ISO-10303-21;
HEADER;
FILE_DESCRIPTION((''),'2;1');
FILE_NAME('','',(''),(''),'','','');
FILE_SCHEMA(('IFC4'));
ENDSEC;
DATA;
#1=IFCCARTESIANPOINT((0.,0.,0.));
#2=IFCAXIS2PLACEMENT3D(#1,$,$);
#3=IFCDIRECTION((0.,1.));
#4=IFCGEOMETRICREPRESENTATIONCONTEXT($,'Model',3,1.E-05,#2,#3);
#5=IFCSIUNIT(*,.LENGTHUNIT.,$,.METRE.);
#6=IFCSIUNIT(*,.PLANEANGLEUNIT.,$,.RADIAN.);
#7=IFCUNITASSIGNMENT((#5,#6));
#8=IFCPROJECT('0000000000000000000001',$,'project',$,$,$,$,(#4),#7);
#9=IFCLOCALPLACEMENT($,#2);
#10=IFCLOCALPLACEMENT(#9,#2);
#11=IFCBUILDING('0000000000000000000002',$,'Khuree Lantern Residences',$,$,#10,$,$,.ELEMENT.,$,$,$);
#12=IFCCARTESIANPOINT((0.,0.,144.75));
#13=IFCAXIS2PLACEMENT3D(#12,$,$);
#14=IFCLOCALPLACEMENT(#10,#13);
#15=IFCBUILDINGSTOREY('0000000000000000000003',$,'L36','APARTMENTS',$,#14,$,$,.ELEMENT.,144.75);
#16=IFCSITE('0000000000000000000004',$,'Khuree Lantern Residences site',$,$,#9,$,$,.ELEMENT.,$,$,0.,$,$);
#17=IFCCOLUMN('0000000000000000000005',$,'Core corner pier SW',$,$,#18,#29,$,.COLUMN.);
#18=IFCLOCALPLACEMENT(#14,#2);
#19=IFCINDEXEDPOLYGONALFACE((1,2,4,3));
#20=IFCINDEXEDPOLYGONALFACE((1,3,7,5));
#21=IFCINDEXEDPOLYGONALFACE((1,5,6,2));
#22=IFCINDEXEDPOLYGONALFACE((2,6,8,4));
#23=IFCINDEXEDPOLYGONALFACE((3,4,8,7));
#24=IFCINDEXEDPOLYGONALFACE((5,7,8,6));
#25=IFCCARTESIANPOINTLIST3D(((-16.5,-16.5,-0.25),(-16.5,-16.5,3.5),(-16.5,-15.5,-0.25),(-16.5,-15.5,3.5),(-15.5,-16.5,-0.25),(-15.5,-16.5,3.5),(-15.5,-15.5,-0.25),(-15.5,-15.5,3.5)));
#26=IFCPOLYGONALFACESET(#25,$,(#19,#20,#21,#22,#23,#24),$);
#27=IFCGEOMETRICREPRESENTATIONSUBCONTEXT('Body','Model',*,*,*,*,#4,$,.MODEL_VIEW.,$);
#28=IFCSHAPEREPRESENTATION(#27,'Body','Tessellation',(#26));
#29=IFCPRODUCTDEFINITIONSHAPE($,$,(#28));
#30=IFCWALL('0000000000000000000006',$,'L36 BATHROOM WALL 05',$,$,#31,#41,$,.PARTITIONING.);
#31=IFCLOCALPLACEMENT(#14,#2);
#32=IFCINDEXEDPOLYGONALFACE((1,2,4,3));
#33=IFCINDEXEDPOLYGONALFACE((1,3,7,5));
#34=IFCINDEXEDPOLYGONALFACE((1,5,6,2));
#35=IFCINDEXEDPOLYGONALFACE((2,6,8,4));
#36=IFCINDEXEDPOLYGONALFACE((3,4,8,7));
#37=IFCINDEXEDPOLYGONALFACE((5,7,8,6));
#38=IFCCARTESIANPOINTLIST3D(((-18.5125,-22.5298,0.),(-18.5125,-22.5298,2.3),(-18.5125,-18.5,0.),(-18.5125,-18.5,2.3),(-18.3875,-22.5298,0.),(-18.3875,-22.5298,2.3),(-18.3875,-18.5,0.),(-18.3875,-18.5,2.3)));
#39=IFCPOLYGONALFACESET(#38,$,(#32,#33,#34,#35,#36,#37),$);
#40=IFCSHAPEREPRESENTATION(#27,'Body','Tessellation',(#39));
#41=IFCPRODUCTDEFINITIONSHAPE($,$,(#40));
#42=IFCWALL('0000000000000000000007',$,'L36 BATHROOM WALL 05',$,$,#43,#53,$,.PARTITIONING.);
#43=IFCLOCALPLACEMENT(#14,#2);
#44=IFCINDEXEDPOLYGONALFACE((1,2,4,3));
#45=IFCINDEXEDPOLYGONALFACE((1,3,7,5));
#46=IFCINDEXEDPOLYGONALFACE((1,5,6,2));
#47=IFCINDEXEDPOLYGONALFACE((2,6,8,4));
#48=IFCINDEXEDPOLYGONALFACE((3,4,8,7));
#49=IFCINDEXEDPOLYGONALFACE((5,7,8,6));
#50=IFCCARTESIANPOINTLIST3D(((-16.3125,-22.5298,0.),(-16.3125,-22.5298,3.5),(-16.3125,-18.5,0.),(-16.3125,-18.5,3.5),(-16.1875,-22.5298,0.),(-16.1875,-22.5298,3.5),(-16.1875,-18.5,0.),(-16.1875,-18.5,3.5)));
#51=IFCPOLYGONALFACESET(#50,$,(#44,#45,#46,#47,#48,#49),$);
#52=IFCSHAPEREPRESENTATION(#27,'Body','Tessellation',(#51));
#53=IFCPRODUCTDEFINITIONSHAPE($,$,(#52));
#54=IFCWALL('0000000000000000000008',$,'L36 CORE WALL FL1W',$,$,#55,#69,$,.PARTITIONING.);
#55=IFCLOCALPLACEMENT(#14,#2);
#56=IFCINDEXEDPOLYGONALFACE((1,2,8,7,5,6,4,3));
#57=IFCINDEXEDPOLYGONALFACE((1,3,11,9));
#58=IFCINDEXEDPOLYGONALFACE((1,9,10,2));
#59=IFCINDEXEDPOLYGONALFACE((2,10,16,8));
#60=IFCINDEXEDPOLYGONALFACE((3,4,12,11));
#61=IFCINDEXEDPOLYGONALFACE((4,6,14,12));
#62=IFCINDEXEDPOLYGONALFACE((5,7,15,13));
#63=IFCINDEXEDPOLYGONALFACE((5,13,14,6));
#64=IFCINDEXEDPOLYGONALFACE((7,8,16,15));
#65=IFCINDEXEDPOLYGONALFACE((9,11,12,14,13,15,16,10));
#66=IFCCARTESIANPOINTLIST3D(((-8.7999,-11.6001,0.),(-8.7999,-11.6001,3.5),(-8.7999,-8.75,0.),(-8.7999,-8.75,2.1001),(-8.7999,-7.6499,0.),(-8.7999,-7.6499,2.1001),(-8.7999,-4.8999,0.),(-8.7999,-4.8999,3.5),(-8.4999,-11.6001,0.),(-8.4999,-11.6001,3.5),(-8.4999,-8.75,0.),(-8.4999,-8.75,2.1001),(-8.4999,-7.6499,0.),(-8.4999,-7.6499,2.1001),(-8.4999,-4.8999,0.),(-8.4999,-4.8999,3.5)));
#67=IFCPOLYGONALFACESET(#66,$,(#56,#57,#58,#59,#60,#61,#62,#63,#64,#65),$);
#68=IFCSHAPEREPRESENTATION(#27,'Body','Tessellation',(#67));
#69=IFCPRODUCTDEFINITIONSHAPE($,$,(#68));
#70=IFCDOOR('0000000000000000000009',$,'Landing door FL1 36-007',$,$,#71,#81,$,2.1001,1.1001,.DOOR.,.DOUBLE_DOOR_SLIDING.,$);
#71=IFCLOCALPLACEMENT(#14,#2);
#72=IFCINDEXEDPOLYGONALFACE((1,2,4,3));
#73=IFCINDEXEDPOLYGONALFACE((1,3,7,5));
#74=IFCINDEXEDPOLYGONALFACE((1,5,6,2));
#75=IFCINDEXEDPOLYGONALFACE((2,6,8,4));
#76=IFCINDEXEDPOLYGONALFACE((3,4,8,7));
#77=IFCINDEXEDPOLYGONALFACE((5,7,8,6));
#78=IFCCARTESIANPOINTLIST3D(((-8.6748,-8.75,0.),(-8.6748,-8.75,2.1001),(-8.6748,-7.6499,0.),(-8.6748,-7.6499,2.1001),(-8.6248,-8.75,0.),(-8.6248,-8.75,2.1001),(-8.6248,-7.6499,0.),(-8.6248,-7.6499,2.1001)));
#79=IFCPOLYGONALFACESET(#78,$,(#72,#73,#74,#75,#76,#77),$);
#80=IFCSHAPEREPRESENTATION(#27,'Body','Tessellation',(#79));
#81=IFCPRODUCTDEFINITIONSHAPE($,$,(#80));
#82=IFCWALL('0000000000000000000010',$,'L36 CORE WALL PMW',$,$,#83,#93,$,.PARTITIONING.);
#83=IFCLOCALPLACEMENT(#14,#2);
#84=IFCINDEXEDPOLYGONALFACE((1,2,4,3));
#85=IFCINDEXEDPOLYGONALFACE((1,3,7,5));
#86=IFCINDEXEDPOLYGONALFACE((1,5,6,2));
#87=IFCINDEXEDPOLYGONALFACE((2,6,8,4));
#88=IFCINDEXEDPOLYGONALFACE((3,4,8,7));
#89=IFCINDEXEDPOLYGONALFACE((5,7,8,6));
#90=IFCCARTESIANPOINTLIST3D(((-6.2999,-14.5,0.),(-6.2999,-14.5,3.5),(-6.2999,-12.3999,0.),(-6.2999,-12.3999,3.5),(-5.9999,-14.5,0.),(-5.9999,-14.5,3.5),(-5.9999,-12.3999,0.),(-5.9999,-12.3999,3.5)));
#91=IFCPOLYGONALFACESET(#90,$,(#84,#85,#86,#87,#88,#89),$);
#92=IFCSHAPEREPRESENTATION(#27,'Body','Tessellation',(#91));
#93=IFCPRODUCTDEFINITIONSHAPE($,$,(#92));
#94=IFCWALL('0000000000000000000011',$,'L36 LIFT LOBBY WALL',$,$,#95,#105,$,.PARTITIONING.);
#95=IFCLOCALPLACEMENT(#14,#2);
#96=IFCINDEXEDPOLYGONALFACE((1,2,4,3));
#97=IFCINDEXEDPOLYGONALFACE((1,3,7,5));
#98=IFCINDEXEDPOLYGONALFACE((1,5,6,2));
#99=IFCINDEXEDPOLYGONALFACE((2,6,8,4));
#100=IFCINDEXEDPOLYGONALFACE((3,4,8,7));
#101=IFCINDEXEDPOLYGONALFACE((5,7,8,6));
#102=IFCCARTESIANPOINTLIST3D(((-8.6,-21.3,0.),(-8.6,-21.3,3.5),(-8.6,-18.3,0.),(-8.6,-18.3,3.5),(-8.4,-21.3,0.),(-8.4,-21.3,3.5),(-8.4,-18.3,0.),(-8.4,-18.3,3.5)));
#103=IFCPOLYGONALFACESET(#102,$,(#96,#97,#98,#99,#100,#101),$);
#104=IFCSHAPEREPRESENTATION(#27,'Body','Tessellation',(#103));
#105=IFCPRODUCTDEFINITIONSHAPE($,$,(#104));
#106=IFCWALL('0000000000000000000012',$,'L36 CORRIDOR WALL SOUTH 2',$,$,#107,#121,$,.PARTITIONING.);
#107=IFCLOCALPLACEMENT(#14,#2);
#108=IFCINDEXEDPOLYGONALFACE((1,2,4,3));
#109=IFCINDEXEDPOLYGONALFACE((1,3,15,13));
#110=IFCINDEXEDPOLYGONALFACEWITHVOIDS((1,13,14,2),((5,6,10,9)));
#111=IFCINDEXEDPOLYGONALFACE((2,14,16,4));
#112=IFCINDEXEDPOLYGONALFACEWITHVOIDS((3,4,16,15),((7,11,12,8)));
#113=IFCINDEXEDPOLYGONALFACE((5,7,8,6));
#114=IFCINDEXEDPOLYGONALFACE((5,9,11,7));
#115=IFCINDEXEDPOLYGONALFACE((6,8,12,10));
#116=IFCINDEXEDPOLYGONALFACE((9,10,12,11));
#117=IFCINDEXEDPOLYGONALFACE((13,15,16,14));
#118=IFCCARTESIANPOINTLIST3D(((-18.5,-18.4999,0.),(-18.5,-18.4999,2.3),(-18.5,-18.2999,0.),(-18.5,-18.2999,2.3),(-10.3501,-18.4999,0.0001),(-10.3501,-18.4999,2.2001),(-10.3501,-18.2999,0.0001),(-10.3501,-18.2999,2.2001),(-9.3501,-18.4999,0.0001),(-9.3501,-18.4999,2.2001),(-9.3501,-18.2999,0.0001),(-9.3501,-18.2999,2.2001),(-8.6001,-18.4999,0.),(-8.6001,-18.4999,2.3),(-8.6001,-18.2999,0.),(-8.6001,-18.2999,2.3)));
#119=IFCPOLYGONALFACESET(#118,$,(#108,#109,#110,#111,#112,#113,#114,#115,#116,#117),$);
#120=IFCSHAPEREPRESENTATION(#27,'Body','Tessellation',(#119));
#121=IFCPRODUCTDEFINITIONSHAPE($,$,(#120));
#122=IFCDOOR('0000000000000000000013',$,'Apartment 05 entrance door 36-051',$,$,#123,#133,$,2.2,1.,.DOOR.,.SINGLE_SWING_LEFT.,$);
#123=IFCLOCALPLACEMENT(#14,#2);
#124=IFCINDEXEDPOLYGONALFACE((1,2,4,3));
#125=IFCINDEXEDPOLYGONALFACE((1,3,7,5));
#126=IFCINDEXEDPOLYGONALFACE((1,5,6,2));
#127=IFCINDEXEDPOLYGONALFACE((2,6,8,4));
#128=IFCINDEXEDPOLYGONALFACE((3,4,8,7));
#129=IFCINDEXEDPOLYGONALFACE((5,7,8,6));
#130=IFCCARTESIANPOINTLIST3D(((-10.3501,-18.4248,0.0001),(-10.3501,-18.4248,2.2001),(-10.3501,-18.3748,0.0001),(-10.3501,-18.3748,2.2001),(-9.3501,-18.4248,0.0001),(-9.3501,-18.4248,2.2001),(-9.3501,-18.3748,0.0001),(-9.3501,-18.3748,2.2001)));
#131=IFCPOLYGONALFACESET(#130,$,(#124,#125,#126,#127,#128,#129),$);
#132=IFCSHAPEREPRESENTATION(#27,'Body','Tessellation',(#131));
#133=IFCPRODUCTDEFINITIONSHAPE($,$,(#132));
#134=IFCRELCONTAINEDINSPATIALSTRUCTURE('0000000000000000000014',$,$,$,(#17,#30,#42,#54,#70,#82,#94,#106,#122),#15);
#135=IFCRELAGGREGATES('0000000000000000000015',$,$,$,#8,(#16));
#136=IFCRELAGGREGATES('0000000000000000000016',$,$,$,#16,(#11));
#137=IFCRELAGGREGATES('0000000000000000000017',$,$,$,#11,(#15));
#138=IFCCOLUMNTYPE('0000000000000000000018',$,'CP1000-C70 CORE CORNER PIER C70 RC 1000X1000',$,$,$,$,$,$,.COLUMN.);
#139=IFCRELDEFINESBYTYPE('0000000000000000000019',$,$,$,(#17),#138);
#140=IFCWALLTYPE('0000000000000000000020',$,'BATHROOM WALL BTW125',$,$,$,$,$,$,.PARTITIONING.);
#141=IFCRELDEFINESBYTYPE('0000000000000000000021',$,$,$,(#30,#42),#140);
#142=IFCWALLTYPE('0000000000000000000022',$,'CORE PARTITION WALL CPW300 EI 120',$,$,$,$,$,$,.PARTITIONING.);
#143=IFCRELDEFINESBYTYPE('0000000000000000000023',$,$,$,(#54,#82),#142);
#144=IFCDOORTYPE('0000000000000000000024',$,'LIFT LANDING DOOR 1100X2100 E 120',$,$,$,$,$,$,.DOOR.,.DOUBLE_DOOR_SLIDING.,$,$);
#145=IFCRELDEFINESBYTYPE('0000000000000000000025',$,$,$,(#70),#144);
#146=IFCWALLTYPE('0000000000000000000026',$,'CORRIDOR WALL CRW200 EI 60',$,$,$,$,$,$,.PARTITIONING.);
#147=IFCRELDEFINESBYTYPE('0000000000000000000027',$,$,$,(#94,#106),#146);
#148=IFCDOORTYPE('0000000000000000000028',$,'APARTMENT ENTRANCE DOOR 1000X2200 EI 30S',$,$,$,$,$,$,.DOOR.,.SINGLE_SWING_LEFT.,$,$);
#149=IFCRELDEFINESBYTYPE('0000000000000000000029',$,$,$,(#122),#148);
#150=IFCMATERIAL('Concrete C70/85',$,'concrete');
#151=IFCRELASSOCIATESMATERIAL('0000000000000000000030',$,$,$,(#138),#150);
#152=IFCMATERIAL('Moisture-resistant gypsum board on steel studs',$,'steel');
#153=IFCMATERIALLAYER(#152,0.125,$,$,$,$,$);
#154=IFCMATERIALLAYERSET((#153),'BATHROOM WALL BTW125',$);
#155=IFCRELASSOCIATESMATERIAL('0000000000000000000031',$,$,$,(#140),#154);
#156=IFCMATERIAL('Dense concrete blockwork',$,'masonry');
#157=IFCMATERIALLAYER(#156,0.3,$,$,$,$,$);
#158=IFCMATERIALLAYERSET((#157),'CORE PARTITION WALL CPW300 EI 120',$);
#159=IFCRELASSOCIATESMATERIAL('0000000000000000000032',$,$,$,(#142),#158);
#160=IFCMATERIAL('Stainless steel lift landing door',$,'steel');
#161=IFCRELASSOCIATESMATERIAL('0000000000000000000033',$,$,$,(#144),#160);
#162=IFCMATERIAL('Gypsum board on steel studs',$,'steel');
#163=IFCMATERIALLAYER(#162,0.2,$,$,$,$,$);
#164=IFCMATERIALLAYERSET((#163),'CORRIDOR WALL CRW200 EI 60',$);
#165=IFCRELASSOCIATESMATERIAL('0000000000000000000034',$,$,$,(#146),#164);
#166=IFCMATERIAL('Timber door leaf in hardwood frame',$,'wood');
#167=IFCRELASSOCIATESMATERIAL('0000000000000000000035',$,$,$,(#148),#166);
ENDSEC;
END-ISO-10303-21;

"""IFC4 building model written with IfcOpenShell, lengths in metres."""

from ifc_helpers import new_model, si_unit, direction, frame, frame_2d, origin, origin_2d, place, context, subcontext, project, spatial, rectangle, extrude, material, layer, layer_set, material_profile, profile_set, type_object, element, fill, save


model = new_model("IFC4")

# Units and contexts
model_context = context("Model", 3, precision=1e-05, world=origin(), true_north=direction((0.0, 1.0)))
body_context = subcontext(model_context, "Body", "Model", "MODEL_VIEW")
ifc_project = project(units=[si_unit("LENGTHUNIT", "METRE"), si_unit("PLANEANGLEUNIT", "RADIAN")], contexts=[model_context])

# Site, building, storey
site_placement = place(None, origin())
site = spatial("IfcSite", under=ifc_project, at=site_placement, Name="Khuree Lantern Residences site", CompositionType="ELEMENT", RefElevation=0.0)
building_placement = place(site_placement, origin())
building = spatial("IfcBuilding", under=site, at=building_placement, Name="Khuree Lantern Residences", CompositionType="ELEMENT")
storey_placement = place(building_placement, frame((0.0, 0.0, 144.75)))
storey = spatial("IfcBuildingStorey", under=building, at=storey_placement, Name="L36", Description="APARTMENTS", CompositionType="ELEMENT", Elevation=144.75)

# Column
ifc_material_1 = material(Name="Concrete C70/85", Category="concrete")
ifc_material_profile = material_profile(ifc_material_1, rectangle(XDim=1.0, YDim=1.0, at=origin_2d()), Name="RC 1000X1000")
ifc_profile_set = profile_set([ifc_material_profile], Name="Concrete C70/85")
column_type = type_object("IfcColumnType", Name="CP1000-C70 CORE CORNER PIER C70 RC 1000X1000", PredefinedType="COLUMN", material=ifc_profile_set)
column_placement = place(storey_placement, frame((-16.0, -16.0, -0.25), z_axis=(0.0, 0.0, 1.0), x_axis=(1.0, 0.0, 0.0)))
element("IfcColumn", 1, at=column_placement, inside=storey, type_object=column_type, Name="Core corner pier SW", PredefinedType="COLUMN", context=body_context, shape_type="SweptSolid", body=[
    extrude(rectangle(XDim=1.0, YDim=1.0, at=origin_2d()), origin(), (0.0, 0.0, 1.0), 3.75),
])

# Walls
ifc_material_2 = material(Name="Moisture-resistant gypsum board on steel studs", Category="steel")
ifc_layer_1 = layer(ifc_material_2, 0.125)
ifc_layer_set_1 = layer_set([ifc_layer_1], Name="BATHROOM WALL BTW125")
wall_type_1 = type_object("IfcWallType", Name="BATHROOM WALL BTW125", PredefinedType="PARTITIONING", material=ifc_layer_set_1)
wall_1_placement = place(storey_placement, frame((-18.45, -18.5, 0.0), z_axis=(0.0, 0.0, 1.0), x_axis=(0.0, -1.0, 0.0)))
element("IfcWall", 2, at=wall_1_placement, inside=storey, type_object=wall_type_1, Name="L36 BATHROOM WALL 05", PredefinedType="PARTITIONING", context=body_context, shape_type="SweptSolid", body=[
    extrude(rectangle(XDim=4.0298, YDim=0.125, at=frame_2d((2.0149, 0.0))), origin(), (0.0, 0.0, 1.0), 2.3),
])
wall_2_placement = place(storey_placement, frame((-16.25, -18.5, 0.0), z_axis=(0.0, 0.0, 1.0), x_axis=(0.0, -1.0, 0.0)))
element("IfcWall", 3, at=wall_2_placement, inside=storey, type_object=wall_type_1, Name="L36 BATHROOM WALL 05", PredefinedType="PARTITIONING", context=body_context, shape_type="SweptSolid", body=[
    extrude(rectangle(XDim=4.0298, YDim=0.125, at=frame_2d((2.0149, 0.0))), origin(), (0.0, 0.0, 1.0), 3.5),
])

# Wall, opening, door
ifc_material_3 = material(Name="Dense concrete blockwork", Category="masonry")
ifc_layer_2 = layer(ifc_material_3, 0.3)
ifc_layer_set_2 = layer_set([ifc_layer_2], Name="CORE PARTITION WALL CPW300 EI 120")
wall_type_2 = type_object("IfcWallType", Name="CORE PARTITION WALL CPW300 EI 120", PredefinedType="PARTITIONING", material=ifc_layer_set_2)
wall_3_placement = place(storey_placement, frame((-8.6499, -11.6001, 0.0), z_axis=(0.0, 0.0, 1.0), x_axis=(0.0, 1.0, 0.0)))
wall_3 = element("IfcWall", 4, at=wall_3_placement, inside=storey, type_object=wall_type_2, Name="L36 CORE WALL FL1W", PredefinedType="PARTITIONING", context=body_context, shape_type="SweptSolid", body=[
    extrude(rectangle(XDim=6.7002, YDim=0.3, at=frame_2d((3.3501, 0.0))), origin(), (0.0, 0.0, 1.0), 3.5),
])
opening_1_placement = place(wall_3_placement, frame((2.8501, 0.0, 0.0)))
opening_1 = element("IfcOpeningElement", 5, at=opening_1_placement, cuts=wall_3, PredefinedType="OPENING", context=body_context, shape_type="SweptSolid", body=[
    extrude(rectangle(XDim=1.1001, YDim=2.1001, at=frame_2d((0.55, 1.05))), frame((0.0, 0.1602, 0.0), z_axis=(0.0, -1.0, 0.0), x_axis=(1.0, 0.0, 0.0)), (0.0, 0.0, 1.0), 0.3201),
])
ifc_material_4 = material(Name="Stainless steel lift landing door", Category="steel")
door_type_1 = type_object("IfcDoorType", Name="LIFT LANDING DOOR 1100X2100 E 120", OperationType="DOUBLE_DOOR_SLIDING", PredefinedType="DOOR", material=ifc_material_4)
door_1_placement = place(opening_1_placement, origin())
door_1 = element("IfcDoor", 6, at=door_1_placement, inside=storey, type_object=door_type_1, Name="Landing door FL1 36-007", OperationType="DOUBLE_DOOR_SLIDING", OverallHeight=2.1001, OverallWidth=1.1001, PredefinedType="DOOR", context=body_context, shape_type="SweptSolid", body=[
    extrude(rectangle(XDim=1.1001, YDim=2.1001, at=frame_2d((0.55, 1.05))), frame((0.0, 0.0249, 0.0), z_axis=(0.0, -1.0, 0.0), x_axis=(1.0, 0.0, 0.0)), (0.0, 0.0, 1.0), 0.05),
])
fill(opening_1, door_1)

# Walls
wall_4_placement = place(storey_placement, frame((-6.1499, -14.5, 0.0), z_axis=(0.0, 0.0, 1.0), x_axis=(0.0, 1.0, 0.0)))
element("IfcWall", 7, at=wall_4_placement, inside=storey, type_object=wall_type_2, Name="L36 CORE WALL PMW", PredefinedType="PARTITIONING", context=body_context, shape_type="SweptSolid", body=[
    extrude(rectangle(XDim=2.1001, YDim=0.3, at=frame_2d((1.05, 0.0))), origin(), (0.0, 0.0, 1.0), 3.5),
])
ifc_material_5 = material(Name="Gypsum board on steel studs", Category="steel")
ifc_layer_3 = layer(ifc_material_5, 0.2)
ifc_layer_set_3 = layer_set([ifc_layer_3], Name="CORRIDOR WALL CRW200 EI 60")
wall_type_3 = type_object("IfcWallType", Name="CORRIDOR WALL CRW200 EI 60", PredefinedType="PARTITIONING", material=ifc_layer_set_3)
wall_5_placement = place(storey_placement, frame((-8.5, -18.3, 0.0), z_axis=(0.0, 0.0, 1.0), x_axis=(0.0, -1.0, 0.0)))
element("IfcWall", 8, at=wall_5_placement, inside=storey, type_object=wall_type_3, Name="L36 LIFT LOBBY WALL", PredefinedType="PARTITIONING", context=body_context, shape_type="SweptSolid", body=[
    extrude(rectangle(XDim=3.0, YDim=0.2, at=frame_2d((1.5, 0.0))), origin(), (0.0, 0.0, 1.0), 3.5),
])

# Wall, opening, door
wall_6_placement = place(storey_placement, frame((-8.6001, -18.3999, 0.0), z_axis=(0.0, 0.0, 1.0), x_axis=(-1.0, 0.0, 0.0)))
wall_6 = element("IfcWall", 9, at=wall_6_placement, inside=storey, type_object=wall_type_3, Name="L36 CORRIDOR WALL SOUTH 2", PredefinedType="PARTITIONING", context=body_context, shape_type="SweptSolid", body=[
    extrude(rectangle(XDim=9.8999, YDim=0.2, at=frame_2d((4.95, 0.0))), origin(), (0.0, 0.0, 1.0), 2.3),
])
opening_2_placement = place(wall_6_placement, frame((0.75, 0.0, 0.0)))
opening_2 = element("IfcOpeningElement", 10, at=opening_2_placement, cuts=wall_6, PredefinedType="OPENING", context=body_context, shape_type="SweptSolid", body=[
    extrude(rectangle(XDim=1.0, YDim=2.2, at=frame_2d((0.5, 1.1001))), frame((0.0, 0.1099, 0.0), z_axis=(0.0, -1.0, 0.0), x_axis=(1.0, 0.0, 0.0)), (0.0, 0.0, 1.0), 0.22),
])
ifc_material_6 = material(Name="Timber door leaf in hardwood frame", Category="wood")
door_type_2 = type_object("IfcDoorType", Name="APARTMENT ENTRANCE DOOR 1000X2200 EI 30S", OperationType="SINGLE_SWING_LEFT", PredefinedType="DOOR", material=ifc_material_6)
door_2_placement = place(opening_2_placement, origin())
door_2 = element("IfcDoor", 11, at=door_2_placement, inside=storey, type_object=door_type_2, Name="Apartment 05 entrance door 36-051", OperationType="SINGLE_SWING_LEFT", OverallHeight=2.2, OverallWidth=1.0, PredefinedType="DOOR", context=body_context, shape_type="SweptSolid", body=[
    extrude(rectangle(XDim=1.0, YDim=2.2, at=frame_2d((0.5, 1.1001))), frame((0.0, 0.0249, 0.0), z_axis=(0.0, -1.0, 0.0), x_axis=(1.0, 0.0, 0.0)), (0.0, 0.0, 1.0), 0.05),
])
fill(opening_2, door_2)

save(model, "model.ifc")
